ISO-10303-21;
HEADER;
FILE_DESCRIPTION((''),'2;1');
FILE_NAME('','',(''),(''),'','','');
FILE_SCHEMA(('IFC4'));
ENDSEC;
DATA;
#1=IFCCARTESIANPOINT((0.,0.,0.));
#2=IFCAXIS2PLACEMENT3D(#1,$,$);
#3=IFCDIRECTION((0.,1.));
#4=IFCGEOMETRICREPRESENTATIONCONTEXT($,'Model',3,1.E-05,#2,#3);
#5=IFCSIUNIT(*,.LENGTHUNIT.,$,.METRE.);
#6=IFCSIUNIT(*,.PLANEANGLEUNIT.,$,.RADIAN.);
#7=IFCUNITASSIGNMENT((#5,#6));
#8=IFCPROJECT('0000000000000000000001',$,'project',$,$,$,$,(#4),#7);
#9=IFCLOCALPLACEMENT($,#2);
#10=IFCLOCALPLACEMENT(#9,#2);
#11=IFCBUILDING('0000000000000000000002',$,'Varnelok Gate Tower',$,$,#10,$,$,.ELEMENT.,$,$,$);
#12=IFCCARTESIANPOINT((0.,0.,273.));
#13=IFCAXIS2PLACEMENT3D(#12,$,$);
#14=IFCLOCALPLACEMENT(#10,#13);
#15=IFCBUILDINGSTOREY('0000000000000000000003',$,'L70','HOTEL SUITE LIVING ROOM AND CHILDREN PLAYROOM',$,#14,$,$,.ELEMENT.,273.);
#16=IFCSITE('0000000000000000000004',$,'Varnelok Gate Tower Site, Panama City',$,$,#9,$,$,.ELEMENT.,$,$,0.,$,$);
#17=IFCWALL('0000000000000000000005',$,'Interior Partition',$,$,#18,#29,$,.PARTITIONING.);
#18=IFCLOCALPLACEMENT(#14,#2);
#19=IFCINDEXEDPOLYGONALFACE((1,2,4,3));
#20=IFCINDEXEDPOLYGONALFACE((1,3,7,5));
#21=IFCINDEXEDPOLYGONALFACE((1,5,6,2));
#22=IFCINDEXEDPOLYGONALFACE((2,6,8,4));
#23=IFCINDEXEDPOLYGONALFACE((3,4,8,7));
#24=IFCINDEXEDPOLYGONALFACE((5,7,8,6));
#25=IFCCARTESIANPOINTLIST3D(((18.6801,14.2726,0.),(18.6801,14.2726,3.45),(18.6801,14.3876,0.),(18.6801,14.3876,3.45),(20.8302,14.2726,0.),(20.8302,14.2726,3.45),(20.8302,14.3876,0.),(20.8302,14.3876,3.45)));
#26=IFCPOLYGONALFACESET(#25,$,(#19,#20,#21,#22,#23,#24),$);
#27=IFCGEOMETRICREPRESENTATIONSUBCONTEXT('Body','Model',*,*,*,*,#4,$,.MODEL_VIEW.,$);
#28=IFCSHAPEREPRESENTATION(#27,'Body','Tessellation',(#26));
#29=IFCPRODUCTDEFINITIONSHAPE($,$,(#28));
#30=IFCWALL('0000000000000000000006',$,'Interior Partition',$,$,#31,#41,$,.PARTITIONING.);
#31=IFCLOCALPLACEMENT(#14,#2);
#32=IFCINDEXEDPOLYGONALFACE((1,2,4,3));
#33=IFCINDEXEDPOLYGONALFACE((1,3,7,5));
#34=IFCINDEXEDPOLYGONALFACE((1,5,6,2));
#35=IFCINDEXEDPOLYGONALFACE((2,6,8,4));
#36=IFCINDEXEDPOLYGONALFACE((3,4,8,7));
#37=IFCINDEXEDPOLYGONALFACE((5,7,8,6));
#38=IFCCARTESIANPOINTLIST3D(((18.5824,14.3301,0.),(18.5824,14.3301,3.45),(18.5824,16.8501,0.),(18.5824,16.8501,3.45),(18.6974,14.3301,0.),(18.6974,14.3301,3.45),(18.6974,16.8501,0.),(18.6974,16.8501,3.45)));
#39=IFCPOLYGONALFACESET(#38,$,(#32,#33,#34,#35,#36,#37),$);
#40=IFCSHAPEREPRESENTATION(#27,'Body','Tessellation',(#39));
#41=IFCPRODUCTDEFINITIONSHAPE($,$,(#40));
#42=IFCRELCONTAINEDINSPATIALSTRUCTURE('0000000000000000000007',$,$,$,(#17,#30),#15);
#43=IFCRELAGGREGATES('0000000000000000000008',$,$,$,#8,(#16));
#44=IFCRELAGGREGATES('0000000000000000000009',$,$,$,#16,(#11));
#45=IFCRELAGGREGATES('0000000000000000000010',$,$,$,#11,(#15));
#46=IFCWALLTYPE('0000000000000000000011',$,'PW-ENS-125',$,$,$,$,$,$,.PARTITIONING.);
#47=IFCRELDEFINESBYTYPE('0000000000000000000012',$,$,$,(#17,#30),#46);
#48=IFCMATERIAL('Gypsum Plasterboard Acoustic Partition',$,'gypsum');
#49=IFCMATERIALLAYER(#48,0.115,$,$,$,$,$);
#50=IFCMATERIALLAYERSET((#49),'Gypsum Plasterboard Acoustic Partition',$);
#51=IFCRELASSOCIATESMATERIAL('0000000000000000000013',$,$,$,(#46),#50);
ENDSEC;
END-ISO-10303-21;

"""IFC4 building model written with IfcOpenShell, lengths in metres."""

from ifc_helpers import new_model, si_unit, direction, frame, frame_2d, origin, place, context, subcontext, project, spatial, rectangle, extrude, material, layer, layer_set, type_object, element, save


model = new_model("IFC4")

# Units and contexts
model_context = context("Model", 3, precision=1e-05, world=origin(), true_north=direction((0.0, 1.0)))
body_context = subcontext(model_context, "Body", "Model", "MODEL_VIEW")
ifc_project = project(units=[si_unit("LENGTHUNIT", "METRE"), si_unit("PLANEANGLEUNIT", "RADIAN")], contexts=[model_context])

# Site, building, storey
site_placement = place(None, origin())
site = spatial("IfcSite", under=ifc_project, at=site_placement, Name="Varnelok Gate Tower Site, Panama City", CompositionType="ELEMENT", RefElevation=0.0)
building_placement = place(site_placement, origin())
building = spatial("IfcBuilding", under=site, at=building_placement, Name="Varnelok Gate Tower", CompositionType="ELEMENT")
storey_placement = place(building_placement, frame((0.0, 0.0, 273.0)))
storey = spatial("IfcBuildingStorey", under=building, at=storey_placement, Name="L70", Description="HOTEL SUITE LIVING ROOM AND CHILDREN PLAYROOM", CompositionType="ELEMENT", Elevation=273.0)

# Shared definitions
ifc_material_1 = material(Name="Gypsum Plasterboard Acoustic Partition", Category="gypsum")

# Walls
ifc_layer_1 = layer(ifc_material_1, 0.115)
ifc_layer_set_1 = layer_set([ifc_layer_1], Name="Gypsum Plasterboard Acoustic Partition")
wall_type_1 = type_object("IfcWallType", Name="PW-ENS-125", PredefinedType="PARTITIONING", material=ifc_layer_set_1)
wall_1_placement = place(storey_placement, frame((18.6799, 14.3301, 0.0), z_axis=(0.0, 0.0, 1.0), x_axis=(1.0, 0.0, 0.0)))
element("IfcWall", 1, at=wall_1_placement, inside=storey, type_object=wall_type_1, Name="Interior Partition", PredefinedType="PARTITIONING", context=body_context, shape_type="SweptSolid", body=[
    extrude(rectangle(XDim=2.1501, YDim=0.115, at=frame_2d((1.0752, 0.0))), origin(), (0.0, 0.0, 1.0), 3.45),
])
wall_2_placement = place(storey_placement, frame((18.6399, 14.3301, 0.0), z_axis=(0.0, 0.0, 1.0), x_axis=(0.0, 1.0, 0.0)))
element("IfcWall", 2, at=wall_2_placement, inside=storey, type_object=wall_type_1, Name="Interior Partition", PredefinedType="PARTITIONING", context=body_context, shape_type="SweptSolid", body=[
    extrude(rectangle(XDim=2.52, YDim=0.115, at=frame_2d((1.26, 0.0))), origin(), (0.0, 0.0, 1.0), 3.45),
])

save(model, "model.ifc")
